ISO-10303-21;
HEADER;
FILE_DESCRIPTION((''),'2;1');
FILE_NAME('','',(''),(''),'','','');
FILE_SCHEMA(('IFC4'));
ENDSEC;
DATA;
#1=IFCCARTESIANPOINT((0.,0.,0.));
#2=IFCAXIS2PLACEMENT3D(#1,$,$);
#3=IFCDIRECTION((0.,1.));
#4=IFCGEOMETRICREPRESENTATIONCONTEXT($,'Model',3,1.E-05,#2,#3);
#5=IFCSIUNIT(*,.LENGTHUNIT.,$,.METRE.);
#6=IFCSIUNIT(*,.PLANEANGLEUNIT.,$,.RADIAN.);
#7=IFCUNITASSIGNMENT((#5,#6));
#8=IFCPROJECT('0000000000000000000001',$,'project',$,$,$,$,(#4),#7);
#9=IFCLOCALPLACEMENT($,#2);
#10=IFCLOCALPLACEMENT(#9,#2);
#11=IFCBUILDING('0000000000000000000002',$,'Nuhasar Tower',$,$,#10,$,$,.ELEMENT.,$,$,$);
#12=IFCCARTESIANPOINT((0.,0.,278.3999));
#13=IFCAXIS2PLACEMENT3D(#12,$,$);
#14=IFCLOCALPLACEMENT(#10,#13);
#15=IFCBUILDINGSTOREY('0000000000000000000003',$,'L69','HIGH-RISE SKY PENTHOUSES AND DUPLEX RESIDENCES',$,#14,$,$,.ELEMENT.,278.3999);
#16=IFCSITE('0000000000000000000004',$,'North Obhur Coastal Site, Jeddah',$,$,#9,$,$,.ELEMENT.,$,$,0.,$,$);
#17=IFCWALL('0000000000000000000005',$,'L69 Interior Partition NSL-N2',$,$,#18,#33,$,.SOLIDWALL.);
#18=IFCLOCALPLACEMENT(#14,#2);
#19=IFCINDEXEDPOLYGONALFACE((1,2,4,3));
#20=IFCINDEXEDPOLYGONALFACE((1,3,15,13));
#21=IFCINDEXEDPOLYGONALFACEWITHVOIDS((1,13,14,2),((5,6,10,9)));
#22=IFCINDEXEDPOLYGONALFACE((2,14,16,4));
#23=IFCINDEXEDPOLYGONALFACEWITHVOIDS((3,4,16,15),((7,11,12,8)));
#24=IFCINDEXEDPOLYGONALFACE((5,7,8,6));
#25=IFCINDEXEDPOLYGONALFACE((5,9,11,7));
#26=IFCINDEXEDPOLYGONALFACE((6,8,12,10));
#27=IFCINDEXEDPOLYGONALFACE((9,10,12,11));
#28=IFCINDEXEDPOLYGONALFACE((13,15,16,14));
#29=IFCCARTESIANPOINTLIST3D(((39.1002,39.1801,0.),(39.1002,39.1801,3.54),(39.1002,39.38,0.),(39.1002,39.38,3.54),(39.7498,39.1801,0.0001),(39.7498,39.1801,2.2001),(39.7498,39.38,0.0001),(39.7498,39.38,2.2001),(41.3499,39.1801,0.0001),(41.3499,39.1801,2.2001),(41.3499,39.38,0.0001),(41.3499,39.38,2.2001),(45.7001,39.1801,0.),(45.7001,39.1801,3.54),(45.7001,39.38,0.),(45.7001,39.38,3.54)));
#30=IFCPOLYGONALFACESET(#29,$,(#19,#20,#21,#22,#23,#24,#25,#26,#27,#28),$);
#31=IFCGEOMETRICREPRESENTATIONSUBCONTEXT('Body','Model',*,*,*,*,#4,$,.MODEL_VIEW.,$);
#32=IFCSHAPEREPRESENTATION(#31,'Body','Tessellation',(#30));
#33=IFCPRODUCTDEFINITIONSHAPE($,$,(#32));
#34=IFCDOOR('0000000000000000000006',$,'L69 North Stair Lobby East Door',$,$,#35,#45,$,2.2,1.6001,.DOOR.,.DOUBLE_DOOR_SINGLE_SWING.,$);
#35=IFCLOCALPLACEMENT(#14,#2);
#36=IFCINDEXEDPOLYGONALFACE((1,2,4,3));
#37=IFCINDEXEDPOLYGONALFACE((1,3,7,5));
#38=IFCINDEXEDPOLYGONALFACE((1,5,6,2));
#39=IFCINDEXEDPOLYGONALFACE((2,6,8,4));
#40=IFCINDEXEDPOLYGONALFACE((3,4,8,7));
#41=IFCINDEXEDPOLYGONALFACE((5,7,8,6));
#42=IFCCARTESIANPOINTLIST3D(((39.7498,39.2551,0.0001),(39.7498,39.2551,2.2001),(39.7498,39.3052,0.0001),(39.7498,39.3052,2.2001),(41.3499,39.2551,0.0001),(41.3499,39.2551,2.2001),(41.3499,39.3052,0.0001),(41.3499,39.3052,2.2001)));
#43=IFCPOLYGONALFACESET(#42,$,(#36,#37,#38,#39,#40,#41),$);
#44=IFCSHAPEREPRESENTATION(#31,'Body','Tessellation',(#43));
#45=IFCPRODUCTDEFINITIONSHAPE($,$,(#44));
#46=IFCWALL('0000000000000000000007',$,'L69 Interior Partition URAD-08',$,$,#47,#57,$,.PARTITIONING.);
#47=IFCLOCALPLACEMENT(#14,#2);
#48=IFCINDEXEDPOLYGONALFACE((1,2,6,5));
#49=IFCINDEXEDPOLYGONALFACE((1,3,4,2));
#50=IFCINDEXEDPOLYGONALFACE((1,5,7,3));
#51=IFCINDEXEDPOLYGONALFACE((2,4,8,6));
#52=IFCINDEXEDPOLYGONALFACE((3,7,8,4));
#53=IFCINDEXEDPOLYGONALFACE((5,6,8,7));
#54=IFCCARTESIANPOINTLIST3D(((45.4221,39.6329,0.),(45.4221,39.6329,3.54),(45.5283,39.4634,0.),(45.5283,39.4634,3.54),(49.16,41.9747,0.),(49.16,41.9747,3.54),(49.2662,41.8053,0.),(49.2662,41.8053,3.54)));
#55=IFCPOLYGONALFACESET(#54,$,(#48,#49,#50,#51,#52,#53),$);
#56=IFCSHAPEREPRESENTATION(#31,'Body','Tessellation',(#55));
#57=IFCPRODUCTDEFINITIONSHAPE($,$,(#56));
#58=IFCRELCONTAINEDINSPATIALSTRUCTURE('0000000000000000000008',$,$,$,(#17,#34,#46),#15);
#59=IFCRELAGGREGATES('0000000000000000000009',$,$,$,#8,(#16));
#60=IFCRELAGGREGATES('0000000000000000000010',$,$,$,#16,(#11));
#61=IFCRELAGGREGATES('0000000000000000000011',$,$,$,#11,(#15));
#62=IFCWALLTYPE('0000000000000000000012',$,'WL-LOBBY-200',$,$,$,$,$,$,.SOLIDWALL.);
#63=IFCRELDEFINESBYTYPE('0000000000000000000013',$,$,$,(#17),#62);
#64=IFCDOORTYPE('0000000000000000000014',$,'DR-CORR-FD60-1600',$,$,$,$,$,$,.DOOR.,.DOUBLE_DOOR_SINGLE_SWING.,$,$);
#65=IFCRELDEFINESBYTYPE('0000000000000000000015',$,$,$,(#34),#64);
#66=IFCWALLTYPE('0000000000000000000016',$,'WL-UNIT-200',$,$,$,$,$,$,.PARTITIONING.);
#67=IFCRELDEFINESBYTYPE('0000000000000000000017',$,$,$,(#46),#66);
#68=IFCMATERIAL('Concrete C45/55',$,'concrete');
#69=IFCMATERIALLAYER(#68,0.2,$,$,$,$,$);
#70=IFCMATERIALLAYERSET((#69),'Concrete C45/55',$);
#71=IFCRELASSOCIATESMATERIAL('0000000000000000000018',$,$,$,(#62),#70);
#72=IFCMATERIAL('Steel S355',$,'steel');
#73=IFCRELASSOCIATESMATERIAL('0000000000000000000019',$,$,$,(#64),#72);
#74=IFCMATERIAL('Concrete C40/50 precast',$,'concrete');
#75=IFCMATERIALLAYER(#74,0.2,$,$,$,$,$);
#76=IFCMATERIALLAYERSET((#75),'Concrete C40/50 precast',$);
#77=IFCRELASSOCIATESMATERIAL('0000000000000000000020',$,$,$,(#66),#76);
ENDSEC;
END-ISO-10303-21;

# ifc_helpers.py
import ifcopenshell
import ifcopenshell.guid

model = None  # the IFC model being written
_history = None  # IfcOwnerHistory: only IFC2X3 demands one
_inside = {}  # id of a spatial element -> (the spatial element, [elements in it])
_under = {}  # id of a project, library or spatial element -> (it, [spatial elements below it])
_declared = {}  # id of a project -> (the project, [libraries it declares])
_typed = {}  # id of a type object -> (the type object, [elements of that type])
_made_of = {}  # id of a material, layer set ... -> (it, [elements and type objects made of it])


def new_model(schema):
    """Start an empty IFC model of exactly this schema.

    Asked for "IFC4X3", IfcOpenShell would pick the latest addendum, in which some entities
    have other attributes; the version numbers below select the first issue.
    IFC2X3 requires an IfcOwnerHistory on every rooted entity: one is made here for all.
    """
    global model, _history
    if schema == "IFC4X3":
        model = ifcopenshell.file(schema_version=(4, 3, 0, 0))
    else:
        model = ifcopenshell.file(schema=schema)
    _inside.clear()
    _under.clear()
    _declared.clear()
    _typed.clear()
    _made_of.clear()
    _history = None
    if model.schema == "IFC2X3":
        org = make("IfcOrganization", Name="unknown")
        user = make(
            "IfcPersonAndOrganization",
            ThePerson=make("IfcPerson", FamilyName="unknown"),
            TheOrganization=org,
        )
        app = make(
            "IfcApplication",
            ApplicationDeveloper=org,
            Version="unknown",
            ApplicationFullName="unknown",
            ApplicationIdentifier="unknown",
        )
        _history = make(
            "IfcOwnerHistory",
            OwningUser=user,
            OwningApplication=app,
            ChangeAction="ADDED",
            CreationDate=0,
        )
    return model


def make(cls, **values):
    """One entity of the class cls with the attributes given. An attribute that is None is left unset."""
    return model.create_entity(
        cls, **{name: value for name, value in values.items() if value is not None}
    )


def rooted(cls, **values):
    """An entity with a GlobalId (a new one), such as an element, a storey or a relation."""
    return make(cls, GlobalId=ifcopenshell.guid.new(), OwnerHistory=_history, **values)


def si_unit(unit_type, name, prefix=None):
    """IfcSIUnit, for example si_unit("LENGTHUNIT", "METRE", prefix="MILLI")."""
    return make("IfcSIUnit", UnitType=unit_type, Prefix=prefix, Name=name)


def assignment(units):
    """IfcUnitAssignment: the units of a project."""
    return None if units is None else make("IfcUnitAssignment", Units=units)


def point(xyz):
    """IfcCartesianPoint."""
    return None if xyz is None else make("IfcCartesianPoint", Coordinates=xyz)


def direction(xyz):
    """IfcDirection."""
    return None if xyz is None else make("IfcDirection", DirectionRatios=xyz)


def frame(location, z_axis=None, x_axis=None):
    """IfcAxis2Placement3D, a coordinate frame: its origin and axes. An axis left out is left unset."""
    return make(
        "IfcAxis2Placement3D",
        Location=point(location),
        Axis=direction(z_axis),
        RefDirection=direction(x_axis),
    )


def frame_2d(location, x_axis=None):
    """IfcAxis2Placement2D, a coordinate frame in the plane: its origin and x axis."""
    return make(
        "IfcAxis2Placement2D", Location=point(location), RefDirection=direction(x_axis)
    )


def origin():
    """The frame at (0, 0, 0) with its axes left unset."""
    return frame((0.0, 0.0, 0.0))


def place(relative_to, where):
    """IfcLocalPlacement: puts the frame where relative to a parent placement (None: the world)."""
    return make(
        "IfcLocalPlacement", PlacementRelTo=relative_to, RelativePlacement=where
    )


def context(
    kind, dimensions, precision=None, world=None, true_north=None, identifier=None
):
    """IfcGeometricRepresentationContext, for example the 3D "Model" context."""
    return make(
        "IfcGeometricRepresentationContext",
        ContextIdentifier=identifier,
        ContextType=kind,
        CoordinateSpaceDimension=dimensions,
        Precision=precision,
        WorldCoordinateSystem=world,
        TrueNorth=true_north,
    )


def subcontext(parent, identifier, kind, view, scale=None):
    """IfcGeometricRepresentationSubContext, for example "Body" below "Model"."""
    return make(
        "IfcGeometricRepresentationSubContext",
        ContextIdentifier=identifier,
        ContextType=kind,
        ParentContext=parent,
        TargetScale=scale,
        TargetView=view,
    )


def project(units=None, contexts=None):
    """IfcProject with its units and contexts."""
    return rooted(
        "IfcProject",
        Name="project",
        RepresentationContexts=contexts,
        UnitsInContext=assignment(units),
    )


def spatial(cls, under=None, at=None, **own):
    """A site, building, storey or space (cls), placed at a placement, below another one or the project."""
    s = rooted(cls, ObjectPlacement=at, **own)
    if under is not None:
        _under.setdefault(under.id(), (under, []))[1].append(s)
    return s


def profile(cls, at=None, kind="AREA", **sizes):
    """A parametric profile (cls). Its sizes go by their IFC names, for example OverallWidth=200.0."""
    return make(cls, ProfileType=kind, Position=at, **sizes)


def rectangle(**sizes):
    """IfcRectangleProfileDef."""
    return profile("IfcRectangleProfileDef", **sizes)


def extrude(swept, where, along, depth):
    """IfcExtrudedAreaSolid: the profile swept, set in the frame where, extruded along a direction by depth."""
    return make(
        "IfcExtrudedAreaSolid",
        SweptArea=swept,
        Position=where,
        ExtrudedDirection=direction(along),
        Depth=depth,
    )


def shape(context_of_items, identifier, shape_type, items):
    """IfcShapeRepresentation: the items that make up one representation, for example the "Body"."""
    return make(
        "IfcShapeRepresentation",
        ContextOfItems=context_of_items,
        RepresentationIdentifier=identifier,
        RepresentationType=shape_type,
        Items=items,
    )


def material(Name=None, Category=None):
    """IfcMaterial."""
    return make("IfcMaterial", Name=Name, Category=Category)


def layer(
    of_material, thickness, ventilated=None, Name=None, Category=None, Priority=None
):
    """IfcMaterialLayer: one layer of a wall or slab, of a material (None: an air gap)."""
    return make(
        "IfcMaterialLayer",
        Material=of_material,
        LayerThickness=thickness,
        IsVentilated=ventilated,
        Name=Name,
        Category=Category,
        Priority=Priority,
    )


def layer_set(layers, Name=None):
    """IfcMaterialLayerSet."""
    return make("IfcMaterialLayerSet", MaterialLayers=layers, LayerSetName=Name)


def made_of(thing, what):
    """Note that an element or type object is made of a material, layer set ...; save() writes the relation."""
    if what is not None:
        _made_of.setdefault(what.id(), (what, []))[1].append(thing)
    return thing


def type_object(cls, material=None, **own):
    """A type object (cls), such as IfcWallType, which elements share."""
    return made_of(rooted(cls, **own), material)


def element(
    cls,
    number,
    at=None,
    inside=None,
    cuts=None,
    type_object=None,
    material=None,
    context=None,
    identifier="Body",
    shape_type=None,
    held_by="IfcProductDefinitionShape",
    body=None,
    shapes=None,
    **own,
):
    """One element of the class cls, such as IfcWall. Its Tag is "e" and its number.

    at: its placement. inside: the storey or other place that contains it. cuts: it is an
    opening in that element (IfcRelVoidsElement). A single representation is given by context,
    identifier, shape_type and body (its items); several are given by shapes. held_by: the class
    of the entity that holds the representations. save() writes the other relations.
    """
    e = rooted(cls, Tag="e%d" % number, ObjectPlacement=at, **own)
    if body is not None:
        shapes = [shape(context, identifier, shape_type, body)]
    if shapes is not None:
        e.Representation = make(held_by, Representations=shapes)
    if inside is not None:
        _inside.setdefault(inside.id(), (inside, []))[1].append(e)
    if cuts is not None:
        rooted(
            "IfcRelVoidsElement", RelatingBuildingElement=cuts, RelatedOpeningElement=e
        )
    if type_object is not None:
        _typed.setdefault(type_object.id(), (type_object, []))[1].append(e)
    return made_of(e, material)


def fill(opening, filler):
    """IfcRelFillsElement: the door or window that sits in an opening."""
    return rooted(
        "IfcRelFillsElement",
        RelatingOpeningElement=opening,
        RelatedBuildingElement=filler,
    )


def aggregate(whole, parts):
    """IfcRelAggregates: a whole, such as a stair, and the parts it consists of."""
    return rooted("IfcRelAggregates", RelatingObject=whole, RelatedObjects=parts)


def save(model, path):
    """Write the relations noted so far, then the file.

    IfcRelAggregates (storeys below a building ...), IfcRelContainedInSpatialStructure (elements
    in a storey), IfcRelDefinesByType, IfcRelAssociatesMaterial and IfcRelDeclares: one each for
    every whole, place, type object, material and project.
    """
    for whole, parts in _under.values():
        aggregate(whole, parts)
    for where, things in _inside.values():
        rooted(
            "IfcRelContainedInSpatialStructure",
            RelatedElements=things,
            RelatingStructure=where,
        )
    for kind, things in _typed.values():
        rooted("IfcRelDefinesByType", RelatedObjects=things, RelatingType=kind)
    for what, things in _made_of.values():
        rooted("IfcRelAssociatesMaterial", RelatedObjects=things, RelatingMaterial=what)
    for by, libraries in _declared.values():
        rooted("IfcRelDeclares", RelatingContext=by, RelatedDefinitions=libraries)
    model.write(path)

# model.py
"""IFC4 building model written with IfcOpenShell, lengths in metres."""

from ifc_helpers import new_model, si_unit, direction, frame, frame_2d, origin, place, context, subcontext, project, spatial, rectangle, extrude, material, layer, layer_set, type_object, element, fill, save


model = new_model("IFC4")

# Units and contexts
model_context = context("Model", 3, precision=1e-05, world=origin(), true_north=direction((0.0, 1.0)))
body_context = subcontext(model_context, "Body", "Model", "MODEL_VIEW")
ifc_project = project(units=[si_unit("LENGTHUNIT", "METRE"), si_unit("PLANEANGLEUNIT", "RADIAN")], contexts=[model_context])

# Site, building, storey
site_placement = place(None, origin())
site = spatial("IfcSite", under=ifc_project, at=site_placement, Name="North Obhur Coastal Site, Jeddah", CompositionType="ELEMENT", RefElevation=0.0)
building_placement = place(site_placement, origin())
building = spatial("IfcBuilding", under=site, at=building_placement, Name="Nuhasar Tower", CompositionType="ELEMENT")
storey_placement = place(building_placement, frame((0.0, 0.0, 278.3999)))
storey = spatial("IfcBuildingStorey", under=building, at=storey_placement, Name="L69", Description="HIGH-RISE SKY PENTHOUSES AND DUPLEX RESIDENCES", CompositionType="ELEMENT", Elevation=278.3999)

# Shared definitions
ifc_material_1 = material(Name="Steel S355", Category="steel")

# Shared definitions
ifc_material_2 = material(Name="Concrete C45/55", Category="concrete")
ifc_layer_1 = layer(ifc_material_2, 0.2)
ifc_layer_set_1 = layer_set([ifc_layer_1], Name="Concrete C45/55")
wall_type_1 = type_object("IfcWallType", Name="WL-LOBBY-200", PredefinedType="SOLIDWALL", material=ifc_layer_set_1)

# Wall, opening, door
wall_1_placement = place(storey_placement, frame((45.7, 39.28, 0.0), z_axis=(0.0, 0.0, 1.0), x_axis=(-1.0, 0.0, 0.0)))
wall_1 = element("IfcWall", 1, at=wall_1_placement, inside=storey, type_object=wall_type_1, Name="L69 Interior Partition NSL-N2", PredefinedType="SOLIDWALL", context=body_context, shape_type="SweptSolid", body=[
    extrude(rectangle(XDim=6.5999, YDim=0.2, at=frame_2d((3.2998, 0.0))), origin(), (0.0, 0.0, 1.0), 3.54),
])
opening_1_placement = place(wall_1_placement, frame((4.3501, 0.0, 0.0)))
opening_1 = element("IfcOpeningElement", 2, at=opening_1_placement, cuts=wall_1, PredefinedType="OPENING", context=body_context, shape_type="SweptSolid", body=[
    extrude(rectangle(XDim=1.6001, YDim=2.2, at=frame_2d((0.8, 1.1001))), frame((0.0, 0.1099, 0.0), z_axis=(0.0, -1.0, 0.0), x_axis=(1.0, 0.0, 0.0)), (0.0, 0.0, 1.0), 0.22),
])
door_type_1 = type_object("IfcDoorType", Name="DR-CORR-FD60-1600", OperationType="DOUBLE_DOOR_SINGLE_SWING", PredefinedType="DOOR", material=ifc_material_1)
door_1_placement = place(opening_1_placement, origin())
door_1 = element("IfcDoor", 3, at=door_1_placement, inside=storey, type_object=door_type_1, Name="L69 North Stair Lobby East Door", OperationType="DOUBLE_DOOR_SINGLE_SWING", OverallHeight=2.2, OverallWidth=1.6001, PredefinedType="DOOR", context=body_context, shape_type="SweptSolid", body=[
    extrude(rectangle(XDim=1.6001, YDim=2.2, at=frame_2d((0.8, 1.1001))), frame((0.0, 0.0249, 0.0), z_axis=(0.0, -1.0, 0.0), x_axis=(1.0, 0.0, 0.0)), (0.0, 0.0, 1.0), 0.05),
])
fill(opening_1, door_1)

# Wall
ifc_material_3 = material(Name="Concrete C40/50 precast", Category="concrete")
ifc_layer_2 = layer(ifc_material_3, 0.2)
ifc_layer_set_2 = layer_set([ifc_layer_2], Name="Concrete C40/50 precast")
wall_type_2 = type_object("IfcWallType", Name="WL-UNIT-200", PredefinedType="PARTITIONING", material=ifc_layer_set_2)
wall_2_placement = place(storey_placement, frame((45.4751, 39.5481, 0.0), z_axis=(0.0, 0.0, 1.0), x_axis=(0.847419, 0.530924, 0.0)))
element("IfcWall", 4, at=wall_2_placement, inside=storey, type_object=wall_type_2, Name="L69 Interior Partition URAD-08", PredefinedType="PARTITIONING", context=body_context, shape_type="SweptSolid", body=[
    extrude(rectangle(XDim=4.4109, YDim=0.2, at=frame_2d((2.2056, 0.0))), origin(), (0.0, 0.0, 1.0), 3.54),
])

save(model, "model.ifc")
